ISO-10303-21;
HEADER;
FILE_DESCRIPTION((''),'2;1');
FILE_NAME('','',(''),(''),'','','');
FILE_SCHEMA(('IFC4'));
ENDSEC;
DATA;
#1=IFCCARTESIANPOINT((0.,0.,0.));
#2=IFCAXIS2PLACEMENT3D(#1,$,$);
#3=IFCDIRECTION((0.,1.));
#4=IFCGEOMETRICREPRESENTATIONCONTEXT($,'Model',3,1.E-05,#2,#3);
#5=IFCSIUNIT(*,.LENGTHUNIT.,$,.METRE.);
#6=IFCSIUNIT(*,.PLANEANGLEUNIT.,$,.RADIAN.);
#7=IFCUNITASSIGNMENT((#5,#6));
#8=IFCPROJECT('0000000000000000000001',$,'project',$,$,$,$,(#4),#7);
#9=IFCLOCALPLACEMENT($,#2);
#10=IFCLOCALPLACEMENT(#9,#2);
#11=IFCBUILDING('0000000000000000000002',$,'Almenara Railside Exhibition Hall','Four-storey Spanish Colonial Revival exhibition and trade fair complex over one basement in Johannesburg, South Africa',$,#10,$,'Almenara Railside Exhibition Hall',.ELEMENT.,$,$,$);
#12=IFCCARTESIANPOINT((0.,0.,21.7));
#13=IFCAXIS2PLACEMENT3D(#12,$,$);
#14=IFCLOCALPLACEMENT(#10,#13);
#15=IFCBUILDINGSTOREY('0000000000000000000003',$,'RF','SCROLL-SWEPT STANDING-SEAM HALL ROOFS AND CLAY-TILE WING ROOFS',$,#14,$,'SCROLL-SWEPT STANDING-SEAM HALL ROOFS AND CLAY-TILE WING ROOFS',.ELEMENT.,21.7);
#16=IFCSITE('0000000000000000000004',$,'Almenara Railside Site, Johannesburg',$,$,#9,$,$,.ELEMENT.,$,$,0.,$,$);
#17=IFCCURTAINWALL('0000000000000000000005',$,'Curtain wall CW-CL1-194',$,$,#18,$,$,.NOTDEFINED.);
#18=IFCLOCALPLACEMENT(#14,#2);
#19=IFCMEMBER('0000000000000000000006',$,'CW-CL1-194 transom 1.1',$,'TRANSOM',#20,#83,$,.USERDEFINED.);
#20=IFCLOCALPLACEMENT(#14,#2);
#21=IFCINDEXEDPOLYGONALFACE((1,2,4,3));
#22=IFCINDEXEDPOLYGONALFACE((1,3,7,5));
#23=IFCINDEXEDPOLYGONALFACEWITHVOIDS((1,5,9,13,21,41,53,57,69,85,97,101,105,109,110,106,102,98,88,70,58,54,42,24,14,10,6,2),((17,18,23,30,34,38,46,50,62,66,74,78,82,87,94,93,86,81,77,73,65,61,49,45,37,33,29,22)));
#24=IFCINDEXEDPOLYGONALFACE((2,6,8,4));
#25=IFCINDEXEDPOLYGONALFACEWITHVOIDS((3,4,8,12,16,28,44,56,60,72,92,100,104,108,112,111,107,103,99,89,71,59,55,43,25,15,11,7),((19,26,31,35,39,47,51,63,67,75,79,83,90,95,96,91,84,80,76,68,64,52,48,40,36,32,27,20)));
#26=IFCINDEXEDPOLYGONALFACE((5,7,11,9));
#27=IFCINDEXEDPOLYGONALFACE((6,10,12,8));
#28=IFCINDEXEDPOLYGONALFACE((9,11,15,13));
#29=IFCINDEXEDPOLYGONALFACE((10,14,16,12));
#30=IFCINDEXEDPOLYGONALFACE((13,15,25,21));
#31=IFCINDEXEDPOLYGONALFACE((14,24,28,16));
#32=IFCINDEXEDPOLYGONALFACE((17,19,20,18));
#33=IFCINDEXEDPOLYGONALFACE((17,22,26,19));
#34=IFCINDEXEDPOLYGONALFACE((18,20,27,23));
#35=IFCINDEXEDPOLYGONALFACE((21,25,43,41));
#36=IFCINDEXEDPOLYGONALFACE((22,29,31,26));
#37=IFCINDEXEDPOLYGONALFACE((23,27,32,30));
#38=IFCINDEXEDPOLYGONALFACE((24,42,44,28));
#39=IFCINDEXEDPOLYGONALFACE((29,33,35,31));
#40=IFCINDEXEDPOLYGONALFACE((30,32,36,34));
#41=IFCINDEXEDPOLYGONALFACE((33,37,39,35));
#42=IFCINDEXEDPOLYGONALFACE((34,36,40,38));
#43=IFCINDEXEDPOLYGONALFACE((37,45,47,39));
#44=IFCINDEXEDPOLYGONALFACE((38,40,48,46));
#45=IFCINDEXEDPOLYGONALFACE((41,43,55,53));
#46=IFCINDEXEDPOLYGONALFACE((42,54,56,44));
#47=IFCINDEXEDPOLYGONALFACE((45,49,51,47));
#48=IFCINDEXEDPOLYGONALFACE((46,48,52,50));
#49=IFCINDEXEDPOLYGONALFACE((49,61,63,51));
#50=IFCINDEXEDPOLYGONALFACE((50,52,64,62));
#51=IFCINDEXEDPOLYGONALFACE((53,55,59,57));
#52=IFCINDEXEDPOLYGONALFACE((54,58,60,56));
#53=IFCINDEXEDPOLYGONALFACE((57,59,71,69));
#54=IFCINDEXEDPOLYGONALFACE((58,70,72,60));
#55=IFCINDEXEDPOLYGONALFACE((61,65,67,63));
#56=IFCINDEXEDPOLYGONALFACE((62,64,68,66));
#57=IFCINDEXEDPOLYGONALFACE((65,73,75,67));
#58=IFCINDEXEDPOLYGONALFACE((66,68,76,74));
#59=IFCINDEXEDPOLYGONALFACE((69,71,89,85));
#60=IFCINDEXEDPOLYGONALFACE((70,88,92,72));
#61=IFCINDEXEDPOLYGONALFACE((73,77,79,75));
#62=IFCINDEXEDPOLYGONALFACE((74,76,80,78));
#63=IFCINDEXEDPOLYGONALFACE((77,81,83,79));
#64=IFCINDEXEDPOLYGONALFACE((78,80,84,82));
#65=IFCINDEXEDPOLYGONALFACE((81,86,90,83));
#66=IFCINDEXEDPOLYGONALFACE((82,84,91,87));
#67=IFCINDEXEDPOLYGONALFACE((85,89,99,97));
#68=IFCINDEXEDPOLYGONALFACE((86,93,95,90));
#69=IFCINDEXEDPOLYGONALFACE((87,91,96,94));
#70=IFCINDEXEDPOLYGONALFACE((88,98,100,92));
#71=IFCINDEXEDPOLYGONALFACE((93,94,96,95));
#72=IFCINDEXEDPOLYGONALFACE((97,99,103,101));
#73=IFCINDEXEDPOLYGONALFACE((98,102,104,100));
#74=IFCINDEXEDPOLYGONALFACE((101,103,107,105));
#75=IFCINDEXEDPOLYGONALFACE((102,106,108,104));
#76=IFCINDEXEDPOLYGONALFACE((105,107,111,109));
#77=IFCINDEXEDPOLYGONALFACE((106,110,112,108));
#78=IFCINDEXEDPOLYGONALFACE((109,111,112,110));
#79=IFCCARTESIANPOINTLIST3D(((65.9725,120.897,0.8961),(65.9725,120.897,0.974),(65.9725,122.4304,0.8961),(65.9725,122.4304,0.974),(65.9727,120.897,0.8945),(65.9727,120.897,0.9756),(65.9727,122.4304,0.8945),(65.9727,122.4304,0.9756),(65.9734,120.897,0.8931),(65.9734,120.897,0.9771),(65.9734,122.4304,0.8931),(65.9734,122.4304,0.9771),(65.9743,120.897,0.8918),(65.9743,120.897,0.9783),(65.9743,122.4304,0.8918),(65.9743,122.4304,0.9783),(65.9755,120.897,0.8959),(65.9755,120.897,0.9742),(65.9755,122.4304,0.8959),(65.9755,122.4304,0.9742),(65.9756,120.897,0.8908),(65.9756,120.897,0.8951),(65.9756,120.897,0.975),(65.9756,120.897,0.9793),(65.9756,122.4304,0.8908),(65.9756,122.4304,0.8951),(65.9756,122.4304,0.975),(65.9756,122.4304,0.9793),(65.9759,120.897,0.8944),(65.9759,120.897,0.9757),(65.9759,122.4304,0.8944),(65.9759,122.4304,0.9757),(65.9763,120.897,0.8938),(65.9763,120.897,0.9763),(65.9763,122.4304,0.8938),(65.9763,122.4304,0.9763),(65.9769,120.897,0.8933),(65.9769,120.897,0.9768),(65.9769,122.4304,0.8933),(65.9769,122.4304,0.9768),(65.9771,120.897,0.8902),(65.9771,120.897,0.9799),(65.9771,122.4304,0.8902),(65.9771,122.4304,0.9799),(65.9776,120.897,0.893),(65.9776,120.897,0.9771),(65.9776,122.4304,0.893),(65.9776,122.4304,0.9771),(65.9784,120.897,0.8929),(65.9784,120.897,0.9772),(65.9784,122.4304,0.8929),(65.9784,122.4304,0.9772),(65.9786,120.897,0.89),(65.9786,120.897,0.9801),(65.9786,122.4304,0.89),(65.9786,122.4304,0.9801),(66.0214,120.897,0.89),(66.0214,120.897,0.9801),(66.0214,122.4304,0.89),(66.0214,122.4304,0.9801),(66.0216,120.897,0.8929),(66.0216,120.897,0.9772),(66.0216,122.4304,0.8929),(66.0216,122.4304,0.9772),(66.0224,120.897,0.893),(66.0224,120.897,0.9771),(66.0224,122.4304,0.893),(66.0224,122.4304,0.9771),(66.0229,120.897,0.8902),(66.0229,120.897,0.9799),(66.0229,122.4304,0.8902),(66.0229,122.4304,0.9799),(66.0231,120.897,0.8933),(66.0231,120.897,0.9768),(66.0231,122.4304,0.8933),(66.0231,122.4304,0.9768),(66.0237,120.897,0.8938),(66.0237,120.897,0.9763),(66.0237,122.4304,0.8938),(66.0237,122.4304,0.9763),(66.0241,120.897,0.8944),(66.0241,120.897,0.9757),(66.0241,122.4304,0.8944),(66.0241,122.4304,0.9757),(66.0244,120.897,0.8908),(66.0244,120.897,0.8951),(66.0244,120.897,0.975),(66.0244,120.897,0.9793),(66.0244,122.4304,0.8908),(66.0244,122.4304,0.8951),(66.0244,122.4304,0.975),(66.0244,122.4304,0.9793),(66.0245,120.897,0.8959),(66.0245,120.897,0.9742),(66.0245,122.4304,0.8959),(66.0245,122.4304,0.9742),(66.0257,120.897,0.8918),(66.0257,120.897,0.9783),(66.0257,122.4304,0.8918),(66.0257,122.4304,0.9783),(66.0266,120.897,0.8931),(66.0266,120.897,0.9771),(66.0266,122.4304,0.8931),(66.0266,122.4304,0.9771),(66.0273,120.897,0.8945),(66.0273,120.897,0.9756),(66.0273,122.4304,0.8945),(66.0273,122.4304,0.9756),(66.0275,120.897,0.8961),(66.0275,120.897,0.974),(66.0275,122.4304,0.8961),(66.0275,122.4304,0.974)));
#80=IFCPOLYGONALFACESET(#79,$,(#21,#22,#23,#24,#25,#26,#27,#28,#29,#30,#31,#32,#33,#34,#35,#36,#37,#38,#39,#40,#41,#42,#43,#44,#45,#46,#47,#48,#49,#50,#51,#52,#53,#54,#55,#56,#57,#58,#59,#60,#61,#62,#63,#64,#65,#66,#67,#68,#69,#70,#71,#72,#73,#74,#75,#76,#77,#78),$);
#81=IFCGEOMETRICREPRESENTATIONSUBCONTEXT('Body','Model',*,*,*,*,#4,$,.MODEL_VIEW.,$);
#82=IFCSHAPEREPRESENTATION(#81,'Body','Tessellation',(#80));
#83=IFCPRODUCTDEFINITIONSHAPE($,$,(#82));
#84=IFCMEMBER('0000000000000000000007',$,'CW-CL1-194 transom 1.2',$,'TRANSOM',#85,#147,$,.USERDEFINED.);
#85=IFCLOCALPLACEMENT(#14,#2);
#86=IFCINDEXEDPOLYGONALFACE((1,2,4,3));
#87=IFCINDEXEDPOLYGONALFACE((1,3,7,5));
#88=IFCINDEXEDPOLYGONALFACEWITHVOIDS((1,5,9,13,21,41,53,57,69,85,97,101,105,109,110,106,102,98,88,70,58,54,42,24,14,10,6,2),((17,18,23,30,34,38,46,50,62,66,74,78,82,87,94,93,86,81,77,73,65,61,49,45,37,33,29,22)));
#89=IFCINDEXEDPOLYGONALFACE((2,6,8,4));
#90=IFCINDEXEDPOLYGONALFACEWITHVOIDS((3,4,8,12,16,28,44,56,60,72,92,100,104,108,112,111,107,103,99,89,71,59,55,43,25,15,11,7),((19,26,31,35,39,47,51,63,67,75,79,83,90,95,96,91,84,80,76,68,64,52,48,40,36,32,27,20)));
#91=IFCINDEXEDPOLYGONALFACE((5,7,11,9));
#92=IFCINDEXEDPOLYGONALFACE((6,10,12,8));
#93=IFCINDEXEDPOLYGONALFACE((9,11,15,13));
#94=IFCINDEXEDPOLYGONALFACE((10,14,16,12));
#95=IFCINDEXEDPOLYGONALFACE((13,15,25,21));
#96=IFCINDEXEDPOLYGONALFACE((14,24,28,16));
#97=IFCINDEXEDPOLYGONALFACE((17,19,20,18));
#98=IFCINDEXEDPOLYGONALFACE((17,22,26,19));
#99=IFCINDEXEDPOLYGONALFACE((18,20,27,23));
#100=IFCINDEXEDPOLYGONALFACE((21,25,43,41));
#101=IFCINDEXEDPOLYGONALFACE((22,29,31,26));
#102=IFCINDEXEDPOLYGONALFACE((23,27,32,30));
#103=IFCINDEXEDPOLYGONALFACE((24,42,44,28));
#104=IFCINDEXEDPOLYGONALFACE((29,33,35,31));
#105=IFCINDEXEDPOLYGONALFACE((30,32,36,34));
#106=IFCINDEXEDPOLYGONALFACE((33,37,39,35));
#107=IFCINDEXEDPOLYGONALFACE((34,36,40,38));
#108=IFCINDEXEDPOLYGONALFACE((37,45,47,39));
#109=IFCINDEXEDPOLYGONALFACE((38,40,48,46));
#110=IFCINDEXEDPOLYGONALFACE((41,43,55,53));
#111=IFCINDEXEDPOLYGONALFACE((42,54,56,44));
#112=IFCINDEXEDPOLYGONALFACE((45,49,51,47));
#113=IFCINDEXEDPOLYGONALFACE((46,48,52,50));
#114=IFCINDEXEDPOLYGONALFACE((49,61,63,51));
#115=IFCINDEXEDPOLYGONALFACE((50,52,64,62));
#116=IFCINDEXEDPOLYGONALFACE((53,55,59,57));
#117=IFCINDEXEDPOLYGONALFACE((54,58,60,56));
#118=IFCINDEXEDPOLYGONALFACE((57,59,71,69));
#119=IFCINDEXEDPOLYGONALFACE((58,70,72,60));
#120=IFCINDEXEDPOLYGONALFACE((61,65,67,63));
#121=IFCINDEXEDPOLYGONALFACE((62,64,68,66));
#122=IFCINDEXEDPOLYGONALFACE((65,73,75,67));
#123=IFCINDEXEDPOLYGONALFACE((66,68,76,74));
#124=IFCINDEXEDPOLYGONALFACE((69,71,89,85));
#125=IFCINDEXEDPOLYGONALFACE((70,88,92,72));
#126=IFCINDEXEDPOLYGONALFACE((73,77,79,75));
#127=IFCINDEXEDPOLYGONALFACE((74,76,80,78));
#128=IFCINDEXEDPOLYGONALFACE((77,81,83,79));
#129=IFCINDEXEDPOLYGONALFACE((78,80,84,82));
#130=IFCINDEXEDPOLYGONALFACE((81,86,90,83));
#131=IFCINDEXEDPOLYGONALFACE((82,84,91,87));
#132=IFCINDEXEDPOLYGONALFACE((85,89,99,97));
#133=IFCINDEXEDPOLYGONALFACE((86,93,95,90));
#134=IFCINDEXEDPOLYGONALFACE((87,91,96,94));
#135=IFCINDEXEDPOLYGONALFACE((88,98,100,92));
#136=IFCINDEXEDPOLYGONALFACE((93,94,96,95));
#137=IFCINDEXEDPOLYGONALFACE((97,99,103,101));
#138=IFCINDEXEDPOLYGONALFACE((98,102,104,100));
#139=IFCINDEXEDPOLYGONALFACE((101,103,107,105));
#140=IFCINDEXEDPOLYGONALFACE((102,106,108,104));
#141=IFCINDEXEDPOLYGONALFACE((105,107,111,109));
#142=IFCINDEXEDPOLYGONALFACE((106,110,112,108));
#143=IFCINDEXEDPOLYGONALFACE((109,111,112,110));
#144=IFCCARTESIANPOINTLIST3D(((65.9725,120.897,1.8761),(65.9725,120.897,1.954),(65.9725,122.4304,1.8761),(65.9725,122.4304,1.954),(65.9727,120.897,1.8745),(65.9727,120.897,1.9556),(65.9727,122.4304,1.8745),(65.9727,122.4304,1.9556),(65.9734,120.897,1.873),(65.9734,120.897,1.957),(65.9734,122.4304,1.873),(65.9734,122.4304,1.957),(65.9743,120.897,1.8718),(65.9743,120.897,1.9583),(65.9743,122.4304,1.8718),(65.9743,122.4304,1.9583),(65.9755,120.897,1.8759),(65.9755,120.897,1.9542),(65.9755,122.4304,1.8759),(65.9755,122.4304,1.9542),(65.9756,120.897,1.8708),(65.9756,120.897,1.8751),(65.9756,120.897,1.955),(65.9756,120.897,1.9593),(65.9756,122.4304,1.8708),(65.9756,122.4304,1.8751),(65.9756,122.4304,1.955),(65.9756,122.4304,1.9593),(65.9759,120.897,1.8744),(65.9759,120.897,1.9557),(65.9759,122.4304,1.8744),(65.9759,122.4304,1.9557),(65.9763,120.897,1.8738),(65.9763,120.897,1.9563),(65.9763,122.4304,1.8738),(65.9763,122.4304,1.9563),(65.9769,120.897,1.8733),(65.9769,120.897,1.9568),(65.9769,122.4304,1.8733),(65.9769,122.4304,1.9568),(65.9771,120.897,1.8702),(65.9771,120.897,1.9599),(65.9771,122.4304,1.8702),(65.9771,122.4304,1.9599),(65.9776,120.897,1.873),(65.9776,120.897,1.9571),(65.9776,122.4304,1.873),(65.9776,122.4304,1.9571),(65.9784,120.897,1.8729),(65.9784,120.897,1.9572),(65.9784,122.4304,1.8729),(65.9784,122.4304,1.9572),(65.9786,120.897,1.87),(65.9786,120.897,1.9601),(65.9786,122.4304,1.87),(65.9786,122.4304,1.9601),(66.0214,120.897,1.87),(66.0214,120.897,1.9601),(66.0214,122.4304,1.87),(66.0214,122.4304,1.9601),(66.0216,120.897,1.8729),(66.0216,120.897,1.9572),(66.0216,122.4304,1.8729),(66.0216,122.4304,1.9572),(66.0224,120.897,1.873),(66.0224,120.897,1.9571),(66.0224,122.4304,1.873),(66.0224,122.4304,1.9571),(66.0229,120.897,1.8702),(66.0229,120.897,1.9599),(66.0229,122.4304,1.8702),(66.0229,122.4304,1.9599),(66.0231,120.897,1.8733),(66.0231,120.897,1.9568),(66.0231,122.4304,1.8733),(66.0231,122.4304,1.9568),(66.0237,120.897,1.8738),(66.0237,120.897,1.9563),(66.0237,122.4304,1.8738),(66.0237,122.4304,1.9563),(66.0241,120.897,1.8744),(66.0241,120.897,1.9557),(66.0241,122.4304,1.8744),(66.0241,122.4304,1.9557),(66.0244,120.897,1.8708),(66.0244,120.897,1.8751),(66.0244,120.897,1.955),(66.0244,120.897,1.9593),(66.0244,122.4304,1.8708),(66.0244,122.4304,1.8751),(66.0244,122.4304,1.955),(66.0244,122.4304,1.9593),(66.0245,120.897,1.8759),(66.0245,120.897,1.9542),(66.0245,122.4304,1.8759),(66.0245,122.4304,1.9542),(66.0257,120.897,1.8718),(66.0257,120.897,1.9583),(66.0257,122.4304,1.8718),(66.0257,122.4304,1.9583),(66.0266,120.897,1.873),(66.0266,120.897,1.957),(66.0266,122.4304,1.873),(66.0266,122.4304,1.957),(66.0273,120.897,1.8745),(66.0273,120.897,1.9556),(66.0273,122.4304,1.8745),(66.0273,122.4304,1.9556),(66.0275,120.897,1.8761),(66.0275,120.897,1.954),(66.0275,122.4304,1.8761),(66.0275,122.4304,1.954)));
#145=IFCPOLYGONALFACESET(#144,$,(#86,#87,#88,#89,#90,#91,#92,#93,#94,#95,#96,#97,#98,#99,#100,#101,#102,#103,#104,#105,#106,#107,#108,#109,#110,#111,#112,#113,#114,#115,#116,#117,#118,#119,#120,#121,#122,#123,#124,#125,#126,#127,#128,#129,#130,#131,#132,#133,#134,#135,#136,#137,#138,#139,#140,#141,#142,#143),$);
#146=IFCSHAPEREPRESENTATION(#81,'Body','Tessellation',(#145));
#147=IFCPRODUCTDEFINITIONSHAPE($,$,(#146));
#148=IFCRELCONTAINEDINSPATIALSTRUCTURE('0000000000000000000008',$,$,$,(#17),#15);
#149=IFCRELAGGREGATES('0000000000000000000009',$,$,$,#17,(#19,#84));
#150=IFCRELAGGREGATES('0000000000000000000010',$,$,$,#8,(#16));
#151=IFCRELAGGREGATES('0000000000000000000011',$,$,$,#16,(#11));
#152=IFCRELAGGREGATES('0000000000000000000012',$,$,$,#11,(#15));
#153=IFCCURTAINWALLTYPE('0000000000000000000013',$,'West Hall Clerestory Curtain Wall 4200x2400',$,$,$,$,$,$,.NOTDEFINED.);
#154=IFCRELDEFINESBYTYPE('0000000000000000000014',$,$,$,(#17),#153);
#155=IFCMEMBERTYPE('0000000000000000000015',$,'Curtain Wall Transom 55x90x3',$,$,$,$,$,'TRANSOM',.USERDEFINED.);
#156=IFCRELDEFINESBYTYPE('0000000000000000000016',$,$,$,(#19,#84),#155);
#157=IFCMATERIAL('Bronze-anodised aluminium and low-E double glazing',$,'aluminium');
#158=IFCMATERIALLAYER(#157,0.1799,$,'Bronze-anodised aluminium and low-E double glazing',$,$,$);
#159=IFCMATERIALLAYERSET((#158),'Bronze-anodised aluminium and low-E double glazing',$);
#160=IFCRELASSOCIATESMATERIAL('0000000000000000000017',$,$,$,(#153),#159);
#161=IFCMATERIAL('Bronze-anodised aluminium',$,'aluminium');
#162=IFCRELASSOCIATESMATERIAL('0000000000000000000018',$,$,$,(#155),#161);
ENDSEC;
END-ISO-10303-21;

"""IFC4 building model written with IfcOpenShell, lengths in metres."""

from ifc_helpers import new_model, si_unit, direction, frame, origin, origin_2d, place, context, subcontext, project, spatial, hollow_rectangle, extrude, material, layer, layer_set, material_profile, profile_set, type_object, element, aggregate, save


model = new_model("IFC4")

# Units and contexts
model_context = context("Model", 3, precision=1e-05, world=origin(), true_north=direction((0.0, 1.0)))
body_context = subcontext(model_context, "Body", "Model", "MODEL_VIEW")
ifc_project = project(units=[si_unit("LENGTHUNIT", "METRE"), si_unit("PLANEANGLEUNIT", "RADIAN")], contexts=[model_context])

# Site, building, storey
site_placement = place(None, origin())
site = spatial("IfcSite", under=ifc_project, at=site_placement, Name="Almenara Railside Site, Johannesburg", CompositionType="ELEMENT", RefElevation=0.0)
building_placement = place(site_placement, origin())
building = spatial("IfcBuilding", under=site, at=building_placement, Name="Almenara Railside Exhibition Hall", Description="Four-storey Spanish Colonial Revival exhibition and trade fair complex over one basement in Johannesburg, South Africa", LongName="Almenara Railside Exhibition Hall", CompositionType="ELEMENT")
storey_placement = place(building_placement, frame((0.0, 0.0, 21.7)))
storey = spatial("IfcBuildingStorey", under=building, at=storey_placement, Name="RF", Description="SCROLL-SWEPT STANDING-SEAM HALL ROOFS AND CLAY-TILE WING ROOFS", LongName="SCROLL-SWEPT STANDING-SEAM HALL ROOFS AND CLAY-TILE WING ROOFS", CompositionType="ELEMENT", Elevation=21.7)

# Curtain wall
ifc_material_1 = material(Name="Bronze-anodised aluminium and low-E double glazing", Category="aluminium")
ifc_layer_1 = layer(ifc_material_1, 0.1799, Name="Bronze-anodised aluminium and low-E double glazing")
ifc_layer_set_1 = layer_set([ifc_layer_1], Name="Bronze-anodised aluminium and low-E double glazing")
curtain_wall_type = type_object("IfcCurtainWallType", Name="West Hall Clerestory Curtain Wall 4200x2400", PredefinedType="NOTDEFINED", material=ifc_layer_set_1)
curtain_wall_1_placement = place(storey_placement, origin())
curtain_wall_1 = element("IfcCurtainWall", 1, at=curtain_wall_1_placement, inside=storey, type_object=curtain_wall_type, Name="Curtain wall CW-CL1-194", PredefinedType="NOTDEFINED")
ifc_material_2 = material(Name="Bronze-anodised aluminium", Category="aluminium")

# Members
ifc_material_profile_1 = material_profile(ifc_material_2, hollow_rectangle(XDim=0.0549, YDim=0.0901, WallThickness=0.0029, InnerFilletRadius=0.0029, OuterFilletRadius=0.0061, at=origin_2d()), Name="ALU-TRN 55x90x3")
ifc_profile_set_1 = profile_set([ifc_material_profile_1], Name="Bronze-anodised aluminium")
member_type_1 = type_object("IfcMemberType", Name="Curtain Wall Transom 55x90x3", ElementType="TRANSOM", PredefinedType="USERDEFINED", material=ifc_profile_set_1)
member_1_placement = place(storey_placement, frame((66.0, 120.897, 0.9351), z_axis=(0.0, 1.0, 0.0), x_axis=(-1.0, 0.0, 0.0)))
member_1 = element("IfcMember", 2, at=member_1_placement, type_object=member_type_1, Name="CW-CL1-194 transom 1.1", ObjectType="TRANSOM", PredefinedType="USERDEFINED", context=body_context, shape_type="SweptSolid", body=[
    extrude(hollow_rectangle(XDim=0.0549, YDim=0.0901, WallThickness=0.0029, InnerFilletRadius=0.0029, OuterFilletRadius=0.0061, at=origin_2d()), origin(), (0.0, 0.0, 1.0), 1.5334),
])
member_2_placement = place(storey_placement, frame((66.0, 120.897, 1.915), z_axis=(0.0, 1.0, 0.0), x_axis=(-1.0, 0.0, 0.0)))
member_2 = element("IfcMember", 3, at=member_2_placement, type_object=member_type_1, Name="CW-CL1-194 transom 1.2", ObjectType="TRANSOM", PredefinedType="USERDEFINED", context=body_context, shape_type="SweptSolid", body=[
    extrude(hollow_rectangle(XDim=0.0549, YDim=0.0901, WallThickness=0.0029, InnerFilletRadius=0.0029, OuterFilletRadius=0.0061, at=origin_2d()), origin(), (0.0, 0.0, 1.0), 1.5334),
])

aggregate(curtain_wall_1, [member_1, member_2])

save(model, "model.ifc")
